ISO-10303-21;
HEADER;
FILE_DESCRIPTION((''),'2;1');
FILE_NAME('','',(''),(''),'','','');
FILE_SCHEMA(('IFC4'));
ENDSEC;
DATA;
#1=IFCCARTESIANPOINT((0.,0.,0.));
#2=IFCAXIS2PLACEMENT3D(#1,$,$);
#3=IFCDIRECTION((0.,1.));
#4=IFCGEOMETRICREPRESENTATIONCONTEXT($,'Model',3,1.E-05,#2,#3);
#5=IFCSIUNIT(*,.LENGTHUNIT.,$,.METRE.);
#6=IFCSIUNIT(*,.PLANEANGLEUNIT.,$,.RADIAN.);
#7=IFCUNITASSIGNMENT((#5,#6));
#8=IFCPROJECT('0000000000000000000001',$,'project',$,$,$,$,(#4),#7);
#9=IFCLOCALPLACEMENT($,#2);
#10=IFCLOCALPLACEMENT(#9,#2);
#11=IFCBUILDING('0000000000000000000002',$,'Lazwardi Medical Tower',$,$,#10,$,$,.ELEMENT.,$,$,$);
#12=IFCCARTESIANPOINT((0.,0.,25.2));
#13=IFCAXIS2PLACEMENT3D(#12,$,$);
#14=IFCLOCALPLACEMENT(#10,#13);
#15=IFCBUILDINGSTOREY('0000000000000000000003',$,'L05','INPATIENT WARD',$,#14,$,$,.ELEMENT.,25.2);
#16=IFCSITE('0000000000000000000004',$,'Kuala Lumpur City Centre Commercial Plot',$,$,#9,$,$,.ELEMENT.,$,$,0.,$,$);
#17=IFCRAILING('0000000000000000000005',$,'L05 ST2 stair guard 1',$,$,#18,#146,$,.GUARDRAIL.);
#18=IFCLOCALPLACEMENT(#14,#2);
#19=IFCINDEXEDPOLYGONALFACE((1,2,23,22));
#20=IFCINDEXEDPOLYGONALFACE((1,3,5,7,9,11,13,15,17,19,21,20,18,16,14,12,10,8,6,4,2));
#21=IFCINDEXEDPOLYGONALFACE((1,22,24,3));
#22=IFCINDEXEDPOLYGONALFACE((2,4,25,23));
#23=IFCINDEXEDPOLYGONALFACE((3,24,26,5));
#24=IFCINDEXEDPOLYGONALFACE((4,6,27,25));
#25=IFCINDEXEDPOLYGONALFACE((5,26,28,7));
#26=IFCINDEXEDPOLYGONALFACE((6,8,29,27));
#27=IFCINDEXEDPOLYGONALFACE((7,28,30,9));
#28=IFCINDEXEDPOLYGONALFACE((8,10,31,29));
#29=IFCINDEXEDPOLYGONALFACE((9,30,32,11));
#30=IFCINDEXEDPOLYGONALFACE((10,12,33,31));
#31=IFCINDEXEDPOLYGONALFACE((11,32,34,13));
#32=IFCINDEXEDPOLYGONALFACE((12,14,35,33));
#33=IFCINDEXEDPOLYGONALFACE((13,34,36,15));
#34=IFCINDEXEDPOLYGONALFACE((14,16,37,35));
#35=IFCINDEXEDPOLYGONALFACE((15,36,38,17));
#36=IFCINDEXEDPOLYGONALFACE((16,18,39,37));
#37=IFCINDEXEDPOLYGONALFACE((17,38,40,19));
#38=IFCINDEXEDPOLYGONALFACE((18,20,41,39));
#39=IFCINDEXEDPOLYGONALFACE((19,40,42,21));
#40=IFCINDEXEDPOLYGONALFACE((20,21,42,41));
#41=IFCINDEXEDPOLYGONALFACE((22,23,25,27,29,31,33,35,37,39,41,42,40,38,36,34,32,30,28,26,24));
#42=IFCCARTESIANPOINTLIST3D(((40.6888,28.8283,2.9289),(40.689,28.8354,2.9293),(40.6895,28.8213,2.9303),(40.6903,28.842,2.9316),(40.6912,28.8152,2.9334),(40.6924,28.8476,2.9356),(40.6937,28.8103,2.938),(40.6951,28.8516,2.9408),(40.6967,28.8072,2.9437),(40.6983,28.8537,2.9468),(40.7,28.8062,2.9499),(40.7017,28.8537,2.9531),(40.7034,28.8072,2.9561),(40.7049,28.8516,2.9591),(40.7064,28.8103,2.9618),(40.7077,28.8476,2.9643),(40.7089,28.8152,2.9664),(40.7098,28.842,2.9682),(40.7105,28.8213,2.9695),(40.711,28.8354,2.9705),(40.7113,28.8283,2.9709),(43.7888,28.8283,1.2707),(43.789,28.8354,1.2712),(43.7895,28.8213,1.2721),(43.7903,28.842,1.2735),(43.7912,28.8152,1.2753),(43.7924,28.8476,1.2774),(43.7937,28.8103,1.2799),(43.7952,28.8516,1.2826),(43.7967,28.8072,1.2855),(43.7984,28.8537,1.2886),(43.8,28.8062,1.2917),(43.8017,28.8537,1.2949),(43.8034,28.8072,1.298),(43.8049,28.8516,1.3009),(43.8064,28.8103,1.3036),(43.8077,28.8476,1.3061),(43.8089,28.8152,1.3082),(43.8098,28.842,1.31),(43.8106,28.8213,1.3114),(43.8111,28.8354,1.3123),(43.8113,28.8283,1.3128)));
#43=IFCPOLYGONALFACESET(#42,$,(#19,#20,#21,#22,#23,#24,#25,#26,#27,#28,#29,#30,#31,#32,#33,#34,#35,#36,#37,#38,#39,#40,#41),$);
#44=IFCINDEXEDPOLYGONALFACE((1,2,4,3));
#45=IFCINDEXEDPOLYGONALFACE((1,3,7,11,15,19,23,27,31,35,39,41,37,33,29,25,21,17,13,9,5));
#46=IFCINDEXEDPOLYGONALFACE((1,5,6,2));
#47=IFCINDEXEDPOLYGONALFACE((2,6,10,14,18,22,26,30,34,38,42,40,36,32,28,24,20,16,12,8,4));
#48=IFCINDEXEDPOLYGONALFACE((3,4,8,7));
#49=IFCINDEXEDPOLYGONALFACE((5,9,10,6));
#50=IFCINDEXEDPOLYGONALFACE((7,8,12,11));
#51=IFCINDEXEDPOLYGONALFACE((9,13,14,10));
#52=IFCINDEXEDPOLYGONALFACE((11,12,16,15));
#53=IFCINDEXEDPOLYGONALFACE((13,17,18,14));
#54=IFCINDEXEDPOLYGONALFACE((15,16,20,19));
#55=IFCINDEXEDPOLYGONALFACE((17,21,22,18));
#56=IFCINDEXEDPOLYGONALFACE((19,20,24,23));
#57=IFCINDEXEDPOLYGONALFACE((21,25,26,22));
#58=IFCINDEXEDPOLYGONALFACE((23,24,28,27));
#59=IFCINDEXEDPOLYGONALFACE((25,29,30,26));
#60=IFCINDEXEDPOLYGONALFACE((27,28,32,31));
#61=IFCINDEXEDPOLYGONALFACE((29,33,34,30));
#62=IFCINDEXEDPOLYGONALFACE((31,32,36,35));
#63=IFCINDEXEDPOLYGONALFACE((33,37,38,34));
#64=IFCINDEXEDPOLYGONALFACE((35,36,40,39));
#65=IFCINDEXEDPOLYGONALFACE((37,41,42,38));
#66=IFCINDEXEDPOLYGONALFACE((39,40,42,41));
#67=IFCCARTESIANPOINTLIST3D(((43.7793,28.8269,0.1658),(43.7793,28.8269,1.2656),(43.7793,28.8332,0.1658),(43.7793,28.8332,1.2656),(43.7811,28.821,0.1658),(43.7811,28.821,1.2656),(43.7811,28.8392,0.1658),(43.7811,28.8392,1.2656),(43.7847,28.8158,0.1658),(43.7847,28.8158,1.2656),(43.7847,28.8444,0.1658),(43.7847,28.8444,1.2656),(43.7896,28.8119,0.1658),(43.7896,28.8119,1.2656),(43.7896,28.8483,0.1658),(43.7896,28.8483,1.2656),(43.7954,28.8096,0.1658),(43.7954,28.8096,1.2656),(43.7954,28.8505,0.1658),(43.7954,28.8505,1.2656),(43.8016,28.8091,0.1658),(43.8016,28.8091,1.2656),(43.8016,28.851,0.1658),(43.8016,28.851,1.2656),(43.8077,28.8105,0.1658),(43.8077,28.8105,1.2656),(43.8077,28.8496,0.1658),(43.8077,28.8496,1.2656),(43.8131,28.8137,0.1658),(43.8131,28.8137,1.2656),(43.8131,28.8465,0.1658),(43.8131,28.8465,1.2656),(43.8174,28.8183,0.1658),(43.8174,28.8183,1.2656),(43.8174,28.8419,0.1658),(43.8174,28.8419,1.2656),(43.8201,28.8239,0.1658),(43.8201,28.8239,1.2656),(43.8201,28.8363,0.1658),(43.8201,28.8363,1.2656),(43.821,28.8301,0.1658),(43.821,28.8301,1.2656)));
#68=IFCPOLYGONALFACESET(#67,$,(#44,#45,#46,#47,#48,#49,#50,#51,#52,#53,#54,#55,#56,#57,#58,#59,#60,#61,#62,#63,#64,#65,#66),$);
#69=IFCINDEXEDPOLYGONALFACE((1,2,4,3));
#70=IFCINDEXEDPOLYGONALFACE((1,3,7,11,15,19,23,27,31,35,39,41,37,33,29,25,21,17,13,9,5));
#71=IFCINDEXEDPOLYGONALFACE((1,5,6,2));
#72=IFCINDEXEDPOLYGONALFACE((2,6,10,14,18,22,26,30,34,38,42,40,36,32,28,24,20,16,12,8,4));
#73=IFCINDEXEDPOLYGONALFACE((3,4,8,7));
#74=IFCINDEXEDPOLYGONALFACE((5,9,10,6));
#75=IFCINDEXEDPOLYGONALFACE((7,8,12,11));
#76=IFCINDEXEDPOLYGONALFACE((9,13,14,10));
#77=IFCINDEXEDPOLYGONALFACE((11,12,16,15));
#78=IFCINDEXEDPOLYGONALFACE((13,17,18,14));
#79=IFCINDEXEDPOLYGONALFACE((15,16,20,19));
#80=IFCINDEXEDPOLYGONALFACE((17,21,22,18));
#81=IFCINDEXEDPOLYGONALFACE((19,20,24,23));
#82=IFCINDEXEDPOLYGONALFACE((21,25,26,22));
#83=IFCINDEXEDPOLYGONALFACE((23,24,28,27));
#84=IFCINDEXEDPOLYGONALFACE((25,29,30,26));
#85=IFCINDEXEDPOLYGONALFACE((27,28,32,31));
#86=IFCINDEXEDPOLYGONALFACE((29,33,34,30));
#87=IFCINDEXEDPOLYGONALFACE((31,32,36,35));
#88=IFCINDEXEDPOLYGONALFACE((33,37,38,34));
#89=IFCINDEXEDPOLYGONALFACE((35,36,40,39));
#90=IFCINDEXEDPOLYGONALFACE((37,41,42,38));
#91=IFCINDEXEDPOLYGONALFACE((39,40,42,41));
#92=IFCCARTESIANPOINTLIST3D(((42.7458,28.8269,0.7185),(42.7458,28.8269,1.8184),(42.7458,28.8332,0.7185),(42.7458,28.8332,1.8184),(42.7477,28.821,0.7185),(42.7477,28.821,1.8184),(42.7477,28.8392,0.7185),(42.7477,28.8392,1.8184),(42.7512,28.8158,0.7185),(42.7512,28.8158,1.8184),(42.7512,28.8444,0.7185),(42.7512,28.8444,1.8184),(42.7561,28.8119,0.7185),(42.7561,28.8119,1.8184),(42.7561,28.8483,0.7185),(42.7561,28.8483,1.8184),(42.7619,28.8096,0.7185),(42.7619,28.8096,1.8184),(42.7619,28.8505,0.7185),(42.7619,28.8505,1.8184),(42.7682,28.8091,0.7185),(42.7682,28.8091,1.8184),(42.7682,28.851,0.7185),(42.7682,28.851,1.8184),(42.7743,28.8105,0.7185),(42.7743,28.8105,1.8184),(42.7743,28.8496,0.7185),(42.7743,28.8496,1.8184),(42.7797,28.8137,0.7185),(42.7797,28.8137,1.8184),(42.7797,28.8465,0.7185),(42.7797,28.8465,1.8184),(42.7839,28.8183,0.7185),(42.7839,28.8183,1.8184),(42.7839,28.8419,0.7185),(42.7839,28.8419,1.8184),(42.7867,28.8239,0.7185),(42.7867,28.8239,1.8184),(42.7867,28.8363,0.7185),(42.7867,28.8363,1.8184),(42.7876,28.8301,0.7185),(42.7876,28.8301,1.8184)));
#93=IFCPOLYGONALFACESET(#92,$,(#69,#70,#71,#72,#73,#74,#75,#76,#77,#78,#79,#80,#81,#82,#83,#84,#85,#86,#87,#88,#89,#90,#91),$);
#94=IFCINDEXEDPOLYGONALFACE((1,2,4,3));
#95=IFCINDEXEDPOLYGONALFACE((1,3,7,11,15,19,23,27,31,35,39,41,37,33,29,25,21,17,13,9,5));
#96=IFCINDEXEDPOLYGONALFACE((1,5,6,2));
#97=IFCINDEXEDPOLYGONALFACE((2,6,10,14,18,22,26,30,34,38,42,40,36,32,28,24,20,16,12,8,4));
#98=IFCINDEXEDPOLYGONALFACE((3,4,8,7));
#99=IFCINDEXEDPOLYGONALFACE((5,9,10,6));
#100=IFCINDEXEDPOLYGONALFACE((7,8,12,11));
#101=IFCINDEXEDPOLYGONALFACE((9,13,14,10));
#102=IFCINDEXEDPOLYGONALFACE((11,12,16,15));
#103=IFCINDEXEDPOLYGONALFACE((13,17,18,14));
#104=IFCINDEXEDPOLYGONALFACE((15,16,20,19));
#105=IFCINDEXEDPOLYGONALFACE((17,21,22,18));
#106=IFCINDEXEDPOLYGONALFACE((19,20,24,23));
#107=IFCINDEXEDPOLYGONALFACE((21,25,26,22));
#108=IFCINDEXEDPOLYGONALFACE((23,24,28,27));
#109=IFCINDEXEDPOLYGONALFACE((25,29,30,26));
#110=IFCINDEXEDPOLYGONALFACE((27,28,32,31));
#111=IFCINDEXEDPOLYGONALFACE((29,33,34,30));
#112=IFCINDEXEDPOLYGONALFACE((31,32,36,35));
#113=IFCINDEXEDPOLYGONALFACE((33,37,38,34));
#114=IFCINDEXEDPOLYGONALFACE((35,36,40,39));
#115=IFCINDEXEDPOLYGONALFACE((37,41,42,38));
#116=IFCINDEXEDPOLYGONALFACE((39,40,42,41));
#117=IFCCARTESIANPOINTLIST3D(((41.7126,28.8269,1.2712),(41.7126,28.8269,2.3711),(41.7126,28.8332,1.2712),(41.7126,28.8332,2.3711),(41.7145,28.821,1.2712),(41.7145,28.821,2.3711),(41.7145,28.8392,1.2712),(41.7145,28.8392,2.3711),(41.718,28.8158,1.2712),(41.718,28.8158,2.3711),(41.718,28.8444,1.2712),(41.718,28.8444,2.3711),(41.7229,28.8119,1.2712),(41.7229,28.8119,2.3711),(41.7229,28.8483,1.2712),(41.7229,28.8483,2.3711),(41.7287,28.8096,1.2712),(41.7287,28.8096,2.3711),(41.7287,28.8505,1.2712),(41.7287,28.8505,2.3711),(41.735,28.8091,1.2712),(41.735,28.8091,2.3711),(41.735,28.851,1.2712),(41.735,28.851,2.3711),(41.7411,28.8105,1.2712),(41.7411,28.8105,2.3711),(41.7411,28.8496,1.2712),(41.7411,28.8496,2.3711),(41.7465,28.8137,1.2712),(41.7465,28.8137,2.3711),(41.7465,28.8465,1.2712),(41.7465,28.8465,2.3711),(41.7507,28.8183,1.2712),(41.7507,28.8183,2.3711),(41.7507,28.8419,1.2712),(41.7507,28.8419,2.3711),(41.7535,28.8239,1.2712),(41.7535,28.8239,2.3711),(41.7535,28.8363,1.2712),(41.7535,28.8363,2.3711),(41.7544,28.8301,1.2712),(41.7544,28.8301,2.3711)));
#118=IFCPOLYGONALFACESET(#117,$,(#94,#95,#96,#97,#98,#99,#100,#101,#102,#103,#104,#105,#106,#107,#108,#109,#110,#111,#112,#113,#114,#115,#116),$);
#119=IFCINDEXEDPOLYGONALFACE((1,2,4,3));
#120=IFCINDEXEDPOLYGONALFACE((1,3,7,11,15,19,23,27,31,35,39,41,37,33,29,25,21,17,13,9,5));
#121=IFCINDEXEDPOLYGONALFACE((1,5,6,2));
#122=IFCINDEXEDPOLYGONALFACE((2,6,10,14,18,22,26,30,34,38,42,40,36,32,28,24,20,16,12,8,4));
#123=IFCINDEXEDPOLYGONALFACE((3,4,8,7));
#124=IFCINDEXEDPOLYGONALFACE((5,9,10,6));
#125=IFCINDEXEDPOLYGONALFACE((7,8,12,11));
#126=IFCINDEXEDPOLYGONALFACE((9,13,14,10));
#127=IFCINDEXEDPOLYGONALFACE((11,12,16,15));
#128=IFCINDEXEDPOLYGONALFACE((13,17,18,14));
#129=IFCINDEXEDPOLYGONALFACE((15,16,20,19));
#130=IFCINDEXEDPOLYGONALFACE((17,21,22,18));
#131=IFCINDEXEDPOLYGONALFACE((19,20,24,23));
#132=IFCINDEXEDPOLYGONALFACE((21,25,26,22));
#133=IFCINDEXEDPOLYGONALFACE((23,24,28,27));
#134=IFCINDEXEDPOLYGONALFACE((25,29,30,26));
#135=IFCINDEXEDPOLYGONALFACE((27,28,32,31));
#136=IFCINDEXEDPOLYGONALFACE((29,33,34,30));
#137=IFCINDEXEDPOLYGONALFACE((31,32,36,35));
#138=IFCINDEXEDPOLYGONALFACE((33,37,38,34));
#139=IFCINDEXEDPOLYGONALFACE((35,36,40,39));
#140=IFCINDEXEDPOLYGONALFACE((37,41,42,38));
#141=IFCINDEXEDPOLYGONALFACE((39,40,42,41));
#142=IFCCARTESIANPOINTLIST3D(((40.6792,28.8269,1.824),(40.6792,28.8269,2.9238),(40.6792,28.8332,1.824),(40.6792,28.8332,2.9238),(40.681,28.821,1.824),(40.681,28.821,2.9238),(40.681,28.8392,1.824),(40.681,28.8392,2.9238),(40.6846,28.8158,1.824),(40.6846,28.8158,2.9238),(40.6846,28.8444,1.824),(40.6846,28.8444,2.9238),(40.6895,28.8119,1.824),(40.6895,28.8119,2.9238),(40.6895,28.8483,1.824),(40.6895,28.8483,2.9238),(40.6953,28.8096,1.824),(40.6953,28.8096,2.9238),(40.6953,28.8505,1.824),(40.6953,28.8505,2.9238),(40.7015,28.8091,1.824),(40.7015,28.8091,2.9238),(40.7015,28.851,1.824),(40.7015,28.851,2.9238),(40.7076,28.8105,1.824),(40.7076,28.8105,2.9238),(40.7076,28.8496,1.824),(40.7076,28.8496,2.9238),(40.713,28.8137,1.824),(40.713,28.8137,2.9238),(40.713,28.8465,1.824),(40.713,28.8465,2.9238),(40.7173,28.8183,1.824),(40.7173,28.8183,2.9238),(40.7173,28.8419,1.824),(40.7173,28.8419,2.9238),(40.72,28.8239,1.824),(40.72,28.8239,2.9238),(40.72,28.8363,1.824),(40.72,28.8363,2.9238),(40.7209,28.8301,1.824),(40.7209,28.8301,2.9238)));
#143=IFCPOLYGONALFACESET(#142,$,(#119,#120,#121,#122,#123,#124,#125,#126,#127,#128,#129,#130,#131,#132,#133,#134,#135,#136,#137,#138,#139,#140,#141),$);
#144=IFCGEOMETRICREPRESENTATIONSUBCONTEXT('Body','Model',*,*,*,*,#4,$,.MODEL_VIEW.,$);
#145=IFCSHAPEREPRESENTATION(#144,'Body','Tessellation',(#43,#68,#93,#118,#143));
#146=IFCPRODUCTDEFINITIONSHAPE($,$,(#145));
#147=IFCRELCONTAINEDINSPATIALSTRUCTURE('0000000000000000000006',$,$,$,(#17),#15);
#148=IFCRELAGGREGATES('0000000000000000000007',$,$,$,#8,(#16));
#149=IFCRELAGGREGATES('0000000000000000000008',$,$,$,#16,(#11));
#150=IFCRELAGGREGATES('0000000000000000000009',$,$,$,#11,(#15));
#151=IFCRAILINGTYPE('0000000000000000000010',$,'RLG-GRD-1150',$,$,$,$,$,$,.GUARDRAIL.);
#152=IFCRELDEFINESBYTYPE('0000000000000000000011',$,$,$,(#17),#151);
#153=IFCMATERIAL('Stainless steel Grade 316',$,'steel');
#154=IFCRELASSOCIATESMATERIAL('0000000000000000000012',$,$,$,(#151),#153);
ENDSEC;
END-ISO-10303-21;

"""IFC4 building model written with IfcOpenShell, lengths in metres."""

from ifc_helpers import new_model, si_unit, direction, frame, origin, origin_2d, place, context, subcontext, project, spatial, circle, extrude, material, type_object, element, save


model = new_model("IFC4")

# Units and contexts
model_context = context("Model", 3, precision=1e-05, world=origin(), true_north=direction((0.0, 1.0)))
body_context = subcontext(model_context, "Body", "Model", "MODEL_VIEW")
ifc_project = project(units=[si_unit("LENGTHUNIT", "METRE"), si_unit("PLANEANGLEUNIT", "RADIAN")], contexts=[model_context])

# Site, building, storey
site_placement = place(None, origin())
site = spatial("IfcSite", under=ifc_project, at=site_placement, Name="Kuala Lumpur City Centre Commercial Plot", CompositionType="ELEMENT", RefElevation=0.0)
building_placement = place(site_placement, origin())
building = spatial("IfcBuilding", under=site, at=building_placement, Name="Lazwardi Medical Tower", CompositionType="ELEMENT")
storey_placement = place(building_placement, frame((0.0, 0.0, 25.2)))
storey = spatial("IfcBuildingStorey", under=building, at=storey_placement, Name="L05", Description="INPATIENT WARD", CompositionType="ELEMENT", Elevation=25.2)

# Railing
ifc_material_1 = material(Name="Stainless steel Grade 316", Category="steel")
railing_type_1 = type_object("IfcRailingType", Name="RLG-GRD-1150", PredefinedType="GUARDRAIL", material=ifc_material_1)
railing_1_placement = place(storey_placement, frame((43.8, 28.8301, 0.1658)))
element("IfcRailing", 1, at=railing_1_placement, inside=storey, type_object=railing_type_1, Name="L05 ST2 stair guard 1", PredefinedType="GUARDRAIL", context=body_context, shape_type="SweptSolid", body=[
    extrude(circle(Radius=0.0239, at=origin_2d()), frame((0.0, 0.0, 1.126), z_axis=(-0.881783, 0.0, 0.471655), x_axis=(0.0, -1.0, 0.0)), (0.0, 0.0, 1.0), 3.5156),
    extrude(circle(Radius=0.021, at=origin_2d()), origin(), (0.0, 0.0, 1.0), 1.0999),
    extrude(circle(Radius=0.021, at=origin_2d()), frame((-1.0334, 0.0, 0.5527)), (0.0, 0.0, 1.0), 1.0999),
    extrude(circle(Radius=0.021, at=origin_2d()), frame((-2.0667, 0.0, 1.1055)), (0.0, 0.0, 1.0), 1.0999),
    extrude(circle(Radius=0.021, at=origin_2d()), frame((-3.1001, 0.0, 1.6582)), (0.0, 0.0, 1.0), 1.0999),
])

save(model, "model.ifc")
